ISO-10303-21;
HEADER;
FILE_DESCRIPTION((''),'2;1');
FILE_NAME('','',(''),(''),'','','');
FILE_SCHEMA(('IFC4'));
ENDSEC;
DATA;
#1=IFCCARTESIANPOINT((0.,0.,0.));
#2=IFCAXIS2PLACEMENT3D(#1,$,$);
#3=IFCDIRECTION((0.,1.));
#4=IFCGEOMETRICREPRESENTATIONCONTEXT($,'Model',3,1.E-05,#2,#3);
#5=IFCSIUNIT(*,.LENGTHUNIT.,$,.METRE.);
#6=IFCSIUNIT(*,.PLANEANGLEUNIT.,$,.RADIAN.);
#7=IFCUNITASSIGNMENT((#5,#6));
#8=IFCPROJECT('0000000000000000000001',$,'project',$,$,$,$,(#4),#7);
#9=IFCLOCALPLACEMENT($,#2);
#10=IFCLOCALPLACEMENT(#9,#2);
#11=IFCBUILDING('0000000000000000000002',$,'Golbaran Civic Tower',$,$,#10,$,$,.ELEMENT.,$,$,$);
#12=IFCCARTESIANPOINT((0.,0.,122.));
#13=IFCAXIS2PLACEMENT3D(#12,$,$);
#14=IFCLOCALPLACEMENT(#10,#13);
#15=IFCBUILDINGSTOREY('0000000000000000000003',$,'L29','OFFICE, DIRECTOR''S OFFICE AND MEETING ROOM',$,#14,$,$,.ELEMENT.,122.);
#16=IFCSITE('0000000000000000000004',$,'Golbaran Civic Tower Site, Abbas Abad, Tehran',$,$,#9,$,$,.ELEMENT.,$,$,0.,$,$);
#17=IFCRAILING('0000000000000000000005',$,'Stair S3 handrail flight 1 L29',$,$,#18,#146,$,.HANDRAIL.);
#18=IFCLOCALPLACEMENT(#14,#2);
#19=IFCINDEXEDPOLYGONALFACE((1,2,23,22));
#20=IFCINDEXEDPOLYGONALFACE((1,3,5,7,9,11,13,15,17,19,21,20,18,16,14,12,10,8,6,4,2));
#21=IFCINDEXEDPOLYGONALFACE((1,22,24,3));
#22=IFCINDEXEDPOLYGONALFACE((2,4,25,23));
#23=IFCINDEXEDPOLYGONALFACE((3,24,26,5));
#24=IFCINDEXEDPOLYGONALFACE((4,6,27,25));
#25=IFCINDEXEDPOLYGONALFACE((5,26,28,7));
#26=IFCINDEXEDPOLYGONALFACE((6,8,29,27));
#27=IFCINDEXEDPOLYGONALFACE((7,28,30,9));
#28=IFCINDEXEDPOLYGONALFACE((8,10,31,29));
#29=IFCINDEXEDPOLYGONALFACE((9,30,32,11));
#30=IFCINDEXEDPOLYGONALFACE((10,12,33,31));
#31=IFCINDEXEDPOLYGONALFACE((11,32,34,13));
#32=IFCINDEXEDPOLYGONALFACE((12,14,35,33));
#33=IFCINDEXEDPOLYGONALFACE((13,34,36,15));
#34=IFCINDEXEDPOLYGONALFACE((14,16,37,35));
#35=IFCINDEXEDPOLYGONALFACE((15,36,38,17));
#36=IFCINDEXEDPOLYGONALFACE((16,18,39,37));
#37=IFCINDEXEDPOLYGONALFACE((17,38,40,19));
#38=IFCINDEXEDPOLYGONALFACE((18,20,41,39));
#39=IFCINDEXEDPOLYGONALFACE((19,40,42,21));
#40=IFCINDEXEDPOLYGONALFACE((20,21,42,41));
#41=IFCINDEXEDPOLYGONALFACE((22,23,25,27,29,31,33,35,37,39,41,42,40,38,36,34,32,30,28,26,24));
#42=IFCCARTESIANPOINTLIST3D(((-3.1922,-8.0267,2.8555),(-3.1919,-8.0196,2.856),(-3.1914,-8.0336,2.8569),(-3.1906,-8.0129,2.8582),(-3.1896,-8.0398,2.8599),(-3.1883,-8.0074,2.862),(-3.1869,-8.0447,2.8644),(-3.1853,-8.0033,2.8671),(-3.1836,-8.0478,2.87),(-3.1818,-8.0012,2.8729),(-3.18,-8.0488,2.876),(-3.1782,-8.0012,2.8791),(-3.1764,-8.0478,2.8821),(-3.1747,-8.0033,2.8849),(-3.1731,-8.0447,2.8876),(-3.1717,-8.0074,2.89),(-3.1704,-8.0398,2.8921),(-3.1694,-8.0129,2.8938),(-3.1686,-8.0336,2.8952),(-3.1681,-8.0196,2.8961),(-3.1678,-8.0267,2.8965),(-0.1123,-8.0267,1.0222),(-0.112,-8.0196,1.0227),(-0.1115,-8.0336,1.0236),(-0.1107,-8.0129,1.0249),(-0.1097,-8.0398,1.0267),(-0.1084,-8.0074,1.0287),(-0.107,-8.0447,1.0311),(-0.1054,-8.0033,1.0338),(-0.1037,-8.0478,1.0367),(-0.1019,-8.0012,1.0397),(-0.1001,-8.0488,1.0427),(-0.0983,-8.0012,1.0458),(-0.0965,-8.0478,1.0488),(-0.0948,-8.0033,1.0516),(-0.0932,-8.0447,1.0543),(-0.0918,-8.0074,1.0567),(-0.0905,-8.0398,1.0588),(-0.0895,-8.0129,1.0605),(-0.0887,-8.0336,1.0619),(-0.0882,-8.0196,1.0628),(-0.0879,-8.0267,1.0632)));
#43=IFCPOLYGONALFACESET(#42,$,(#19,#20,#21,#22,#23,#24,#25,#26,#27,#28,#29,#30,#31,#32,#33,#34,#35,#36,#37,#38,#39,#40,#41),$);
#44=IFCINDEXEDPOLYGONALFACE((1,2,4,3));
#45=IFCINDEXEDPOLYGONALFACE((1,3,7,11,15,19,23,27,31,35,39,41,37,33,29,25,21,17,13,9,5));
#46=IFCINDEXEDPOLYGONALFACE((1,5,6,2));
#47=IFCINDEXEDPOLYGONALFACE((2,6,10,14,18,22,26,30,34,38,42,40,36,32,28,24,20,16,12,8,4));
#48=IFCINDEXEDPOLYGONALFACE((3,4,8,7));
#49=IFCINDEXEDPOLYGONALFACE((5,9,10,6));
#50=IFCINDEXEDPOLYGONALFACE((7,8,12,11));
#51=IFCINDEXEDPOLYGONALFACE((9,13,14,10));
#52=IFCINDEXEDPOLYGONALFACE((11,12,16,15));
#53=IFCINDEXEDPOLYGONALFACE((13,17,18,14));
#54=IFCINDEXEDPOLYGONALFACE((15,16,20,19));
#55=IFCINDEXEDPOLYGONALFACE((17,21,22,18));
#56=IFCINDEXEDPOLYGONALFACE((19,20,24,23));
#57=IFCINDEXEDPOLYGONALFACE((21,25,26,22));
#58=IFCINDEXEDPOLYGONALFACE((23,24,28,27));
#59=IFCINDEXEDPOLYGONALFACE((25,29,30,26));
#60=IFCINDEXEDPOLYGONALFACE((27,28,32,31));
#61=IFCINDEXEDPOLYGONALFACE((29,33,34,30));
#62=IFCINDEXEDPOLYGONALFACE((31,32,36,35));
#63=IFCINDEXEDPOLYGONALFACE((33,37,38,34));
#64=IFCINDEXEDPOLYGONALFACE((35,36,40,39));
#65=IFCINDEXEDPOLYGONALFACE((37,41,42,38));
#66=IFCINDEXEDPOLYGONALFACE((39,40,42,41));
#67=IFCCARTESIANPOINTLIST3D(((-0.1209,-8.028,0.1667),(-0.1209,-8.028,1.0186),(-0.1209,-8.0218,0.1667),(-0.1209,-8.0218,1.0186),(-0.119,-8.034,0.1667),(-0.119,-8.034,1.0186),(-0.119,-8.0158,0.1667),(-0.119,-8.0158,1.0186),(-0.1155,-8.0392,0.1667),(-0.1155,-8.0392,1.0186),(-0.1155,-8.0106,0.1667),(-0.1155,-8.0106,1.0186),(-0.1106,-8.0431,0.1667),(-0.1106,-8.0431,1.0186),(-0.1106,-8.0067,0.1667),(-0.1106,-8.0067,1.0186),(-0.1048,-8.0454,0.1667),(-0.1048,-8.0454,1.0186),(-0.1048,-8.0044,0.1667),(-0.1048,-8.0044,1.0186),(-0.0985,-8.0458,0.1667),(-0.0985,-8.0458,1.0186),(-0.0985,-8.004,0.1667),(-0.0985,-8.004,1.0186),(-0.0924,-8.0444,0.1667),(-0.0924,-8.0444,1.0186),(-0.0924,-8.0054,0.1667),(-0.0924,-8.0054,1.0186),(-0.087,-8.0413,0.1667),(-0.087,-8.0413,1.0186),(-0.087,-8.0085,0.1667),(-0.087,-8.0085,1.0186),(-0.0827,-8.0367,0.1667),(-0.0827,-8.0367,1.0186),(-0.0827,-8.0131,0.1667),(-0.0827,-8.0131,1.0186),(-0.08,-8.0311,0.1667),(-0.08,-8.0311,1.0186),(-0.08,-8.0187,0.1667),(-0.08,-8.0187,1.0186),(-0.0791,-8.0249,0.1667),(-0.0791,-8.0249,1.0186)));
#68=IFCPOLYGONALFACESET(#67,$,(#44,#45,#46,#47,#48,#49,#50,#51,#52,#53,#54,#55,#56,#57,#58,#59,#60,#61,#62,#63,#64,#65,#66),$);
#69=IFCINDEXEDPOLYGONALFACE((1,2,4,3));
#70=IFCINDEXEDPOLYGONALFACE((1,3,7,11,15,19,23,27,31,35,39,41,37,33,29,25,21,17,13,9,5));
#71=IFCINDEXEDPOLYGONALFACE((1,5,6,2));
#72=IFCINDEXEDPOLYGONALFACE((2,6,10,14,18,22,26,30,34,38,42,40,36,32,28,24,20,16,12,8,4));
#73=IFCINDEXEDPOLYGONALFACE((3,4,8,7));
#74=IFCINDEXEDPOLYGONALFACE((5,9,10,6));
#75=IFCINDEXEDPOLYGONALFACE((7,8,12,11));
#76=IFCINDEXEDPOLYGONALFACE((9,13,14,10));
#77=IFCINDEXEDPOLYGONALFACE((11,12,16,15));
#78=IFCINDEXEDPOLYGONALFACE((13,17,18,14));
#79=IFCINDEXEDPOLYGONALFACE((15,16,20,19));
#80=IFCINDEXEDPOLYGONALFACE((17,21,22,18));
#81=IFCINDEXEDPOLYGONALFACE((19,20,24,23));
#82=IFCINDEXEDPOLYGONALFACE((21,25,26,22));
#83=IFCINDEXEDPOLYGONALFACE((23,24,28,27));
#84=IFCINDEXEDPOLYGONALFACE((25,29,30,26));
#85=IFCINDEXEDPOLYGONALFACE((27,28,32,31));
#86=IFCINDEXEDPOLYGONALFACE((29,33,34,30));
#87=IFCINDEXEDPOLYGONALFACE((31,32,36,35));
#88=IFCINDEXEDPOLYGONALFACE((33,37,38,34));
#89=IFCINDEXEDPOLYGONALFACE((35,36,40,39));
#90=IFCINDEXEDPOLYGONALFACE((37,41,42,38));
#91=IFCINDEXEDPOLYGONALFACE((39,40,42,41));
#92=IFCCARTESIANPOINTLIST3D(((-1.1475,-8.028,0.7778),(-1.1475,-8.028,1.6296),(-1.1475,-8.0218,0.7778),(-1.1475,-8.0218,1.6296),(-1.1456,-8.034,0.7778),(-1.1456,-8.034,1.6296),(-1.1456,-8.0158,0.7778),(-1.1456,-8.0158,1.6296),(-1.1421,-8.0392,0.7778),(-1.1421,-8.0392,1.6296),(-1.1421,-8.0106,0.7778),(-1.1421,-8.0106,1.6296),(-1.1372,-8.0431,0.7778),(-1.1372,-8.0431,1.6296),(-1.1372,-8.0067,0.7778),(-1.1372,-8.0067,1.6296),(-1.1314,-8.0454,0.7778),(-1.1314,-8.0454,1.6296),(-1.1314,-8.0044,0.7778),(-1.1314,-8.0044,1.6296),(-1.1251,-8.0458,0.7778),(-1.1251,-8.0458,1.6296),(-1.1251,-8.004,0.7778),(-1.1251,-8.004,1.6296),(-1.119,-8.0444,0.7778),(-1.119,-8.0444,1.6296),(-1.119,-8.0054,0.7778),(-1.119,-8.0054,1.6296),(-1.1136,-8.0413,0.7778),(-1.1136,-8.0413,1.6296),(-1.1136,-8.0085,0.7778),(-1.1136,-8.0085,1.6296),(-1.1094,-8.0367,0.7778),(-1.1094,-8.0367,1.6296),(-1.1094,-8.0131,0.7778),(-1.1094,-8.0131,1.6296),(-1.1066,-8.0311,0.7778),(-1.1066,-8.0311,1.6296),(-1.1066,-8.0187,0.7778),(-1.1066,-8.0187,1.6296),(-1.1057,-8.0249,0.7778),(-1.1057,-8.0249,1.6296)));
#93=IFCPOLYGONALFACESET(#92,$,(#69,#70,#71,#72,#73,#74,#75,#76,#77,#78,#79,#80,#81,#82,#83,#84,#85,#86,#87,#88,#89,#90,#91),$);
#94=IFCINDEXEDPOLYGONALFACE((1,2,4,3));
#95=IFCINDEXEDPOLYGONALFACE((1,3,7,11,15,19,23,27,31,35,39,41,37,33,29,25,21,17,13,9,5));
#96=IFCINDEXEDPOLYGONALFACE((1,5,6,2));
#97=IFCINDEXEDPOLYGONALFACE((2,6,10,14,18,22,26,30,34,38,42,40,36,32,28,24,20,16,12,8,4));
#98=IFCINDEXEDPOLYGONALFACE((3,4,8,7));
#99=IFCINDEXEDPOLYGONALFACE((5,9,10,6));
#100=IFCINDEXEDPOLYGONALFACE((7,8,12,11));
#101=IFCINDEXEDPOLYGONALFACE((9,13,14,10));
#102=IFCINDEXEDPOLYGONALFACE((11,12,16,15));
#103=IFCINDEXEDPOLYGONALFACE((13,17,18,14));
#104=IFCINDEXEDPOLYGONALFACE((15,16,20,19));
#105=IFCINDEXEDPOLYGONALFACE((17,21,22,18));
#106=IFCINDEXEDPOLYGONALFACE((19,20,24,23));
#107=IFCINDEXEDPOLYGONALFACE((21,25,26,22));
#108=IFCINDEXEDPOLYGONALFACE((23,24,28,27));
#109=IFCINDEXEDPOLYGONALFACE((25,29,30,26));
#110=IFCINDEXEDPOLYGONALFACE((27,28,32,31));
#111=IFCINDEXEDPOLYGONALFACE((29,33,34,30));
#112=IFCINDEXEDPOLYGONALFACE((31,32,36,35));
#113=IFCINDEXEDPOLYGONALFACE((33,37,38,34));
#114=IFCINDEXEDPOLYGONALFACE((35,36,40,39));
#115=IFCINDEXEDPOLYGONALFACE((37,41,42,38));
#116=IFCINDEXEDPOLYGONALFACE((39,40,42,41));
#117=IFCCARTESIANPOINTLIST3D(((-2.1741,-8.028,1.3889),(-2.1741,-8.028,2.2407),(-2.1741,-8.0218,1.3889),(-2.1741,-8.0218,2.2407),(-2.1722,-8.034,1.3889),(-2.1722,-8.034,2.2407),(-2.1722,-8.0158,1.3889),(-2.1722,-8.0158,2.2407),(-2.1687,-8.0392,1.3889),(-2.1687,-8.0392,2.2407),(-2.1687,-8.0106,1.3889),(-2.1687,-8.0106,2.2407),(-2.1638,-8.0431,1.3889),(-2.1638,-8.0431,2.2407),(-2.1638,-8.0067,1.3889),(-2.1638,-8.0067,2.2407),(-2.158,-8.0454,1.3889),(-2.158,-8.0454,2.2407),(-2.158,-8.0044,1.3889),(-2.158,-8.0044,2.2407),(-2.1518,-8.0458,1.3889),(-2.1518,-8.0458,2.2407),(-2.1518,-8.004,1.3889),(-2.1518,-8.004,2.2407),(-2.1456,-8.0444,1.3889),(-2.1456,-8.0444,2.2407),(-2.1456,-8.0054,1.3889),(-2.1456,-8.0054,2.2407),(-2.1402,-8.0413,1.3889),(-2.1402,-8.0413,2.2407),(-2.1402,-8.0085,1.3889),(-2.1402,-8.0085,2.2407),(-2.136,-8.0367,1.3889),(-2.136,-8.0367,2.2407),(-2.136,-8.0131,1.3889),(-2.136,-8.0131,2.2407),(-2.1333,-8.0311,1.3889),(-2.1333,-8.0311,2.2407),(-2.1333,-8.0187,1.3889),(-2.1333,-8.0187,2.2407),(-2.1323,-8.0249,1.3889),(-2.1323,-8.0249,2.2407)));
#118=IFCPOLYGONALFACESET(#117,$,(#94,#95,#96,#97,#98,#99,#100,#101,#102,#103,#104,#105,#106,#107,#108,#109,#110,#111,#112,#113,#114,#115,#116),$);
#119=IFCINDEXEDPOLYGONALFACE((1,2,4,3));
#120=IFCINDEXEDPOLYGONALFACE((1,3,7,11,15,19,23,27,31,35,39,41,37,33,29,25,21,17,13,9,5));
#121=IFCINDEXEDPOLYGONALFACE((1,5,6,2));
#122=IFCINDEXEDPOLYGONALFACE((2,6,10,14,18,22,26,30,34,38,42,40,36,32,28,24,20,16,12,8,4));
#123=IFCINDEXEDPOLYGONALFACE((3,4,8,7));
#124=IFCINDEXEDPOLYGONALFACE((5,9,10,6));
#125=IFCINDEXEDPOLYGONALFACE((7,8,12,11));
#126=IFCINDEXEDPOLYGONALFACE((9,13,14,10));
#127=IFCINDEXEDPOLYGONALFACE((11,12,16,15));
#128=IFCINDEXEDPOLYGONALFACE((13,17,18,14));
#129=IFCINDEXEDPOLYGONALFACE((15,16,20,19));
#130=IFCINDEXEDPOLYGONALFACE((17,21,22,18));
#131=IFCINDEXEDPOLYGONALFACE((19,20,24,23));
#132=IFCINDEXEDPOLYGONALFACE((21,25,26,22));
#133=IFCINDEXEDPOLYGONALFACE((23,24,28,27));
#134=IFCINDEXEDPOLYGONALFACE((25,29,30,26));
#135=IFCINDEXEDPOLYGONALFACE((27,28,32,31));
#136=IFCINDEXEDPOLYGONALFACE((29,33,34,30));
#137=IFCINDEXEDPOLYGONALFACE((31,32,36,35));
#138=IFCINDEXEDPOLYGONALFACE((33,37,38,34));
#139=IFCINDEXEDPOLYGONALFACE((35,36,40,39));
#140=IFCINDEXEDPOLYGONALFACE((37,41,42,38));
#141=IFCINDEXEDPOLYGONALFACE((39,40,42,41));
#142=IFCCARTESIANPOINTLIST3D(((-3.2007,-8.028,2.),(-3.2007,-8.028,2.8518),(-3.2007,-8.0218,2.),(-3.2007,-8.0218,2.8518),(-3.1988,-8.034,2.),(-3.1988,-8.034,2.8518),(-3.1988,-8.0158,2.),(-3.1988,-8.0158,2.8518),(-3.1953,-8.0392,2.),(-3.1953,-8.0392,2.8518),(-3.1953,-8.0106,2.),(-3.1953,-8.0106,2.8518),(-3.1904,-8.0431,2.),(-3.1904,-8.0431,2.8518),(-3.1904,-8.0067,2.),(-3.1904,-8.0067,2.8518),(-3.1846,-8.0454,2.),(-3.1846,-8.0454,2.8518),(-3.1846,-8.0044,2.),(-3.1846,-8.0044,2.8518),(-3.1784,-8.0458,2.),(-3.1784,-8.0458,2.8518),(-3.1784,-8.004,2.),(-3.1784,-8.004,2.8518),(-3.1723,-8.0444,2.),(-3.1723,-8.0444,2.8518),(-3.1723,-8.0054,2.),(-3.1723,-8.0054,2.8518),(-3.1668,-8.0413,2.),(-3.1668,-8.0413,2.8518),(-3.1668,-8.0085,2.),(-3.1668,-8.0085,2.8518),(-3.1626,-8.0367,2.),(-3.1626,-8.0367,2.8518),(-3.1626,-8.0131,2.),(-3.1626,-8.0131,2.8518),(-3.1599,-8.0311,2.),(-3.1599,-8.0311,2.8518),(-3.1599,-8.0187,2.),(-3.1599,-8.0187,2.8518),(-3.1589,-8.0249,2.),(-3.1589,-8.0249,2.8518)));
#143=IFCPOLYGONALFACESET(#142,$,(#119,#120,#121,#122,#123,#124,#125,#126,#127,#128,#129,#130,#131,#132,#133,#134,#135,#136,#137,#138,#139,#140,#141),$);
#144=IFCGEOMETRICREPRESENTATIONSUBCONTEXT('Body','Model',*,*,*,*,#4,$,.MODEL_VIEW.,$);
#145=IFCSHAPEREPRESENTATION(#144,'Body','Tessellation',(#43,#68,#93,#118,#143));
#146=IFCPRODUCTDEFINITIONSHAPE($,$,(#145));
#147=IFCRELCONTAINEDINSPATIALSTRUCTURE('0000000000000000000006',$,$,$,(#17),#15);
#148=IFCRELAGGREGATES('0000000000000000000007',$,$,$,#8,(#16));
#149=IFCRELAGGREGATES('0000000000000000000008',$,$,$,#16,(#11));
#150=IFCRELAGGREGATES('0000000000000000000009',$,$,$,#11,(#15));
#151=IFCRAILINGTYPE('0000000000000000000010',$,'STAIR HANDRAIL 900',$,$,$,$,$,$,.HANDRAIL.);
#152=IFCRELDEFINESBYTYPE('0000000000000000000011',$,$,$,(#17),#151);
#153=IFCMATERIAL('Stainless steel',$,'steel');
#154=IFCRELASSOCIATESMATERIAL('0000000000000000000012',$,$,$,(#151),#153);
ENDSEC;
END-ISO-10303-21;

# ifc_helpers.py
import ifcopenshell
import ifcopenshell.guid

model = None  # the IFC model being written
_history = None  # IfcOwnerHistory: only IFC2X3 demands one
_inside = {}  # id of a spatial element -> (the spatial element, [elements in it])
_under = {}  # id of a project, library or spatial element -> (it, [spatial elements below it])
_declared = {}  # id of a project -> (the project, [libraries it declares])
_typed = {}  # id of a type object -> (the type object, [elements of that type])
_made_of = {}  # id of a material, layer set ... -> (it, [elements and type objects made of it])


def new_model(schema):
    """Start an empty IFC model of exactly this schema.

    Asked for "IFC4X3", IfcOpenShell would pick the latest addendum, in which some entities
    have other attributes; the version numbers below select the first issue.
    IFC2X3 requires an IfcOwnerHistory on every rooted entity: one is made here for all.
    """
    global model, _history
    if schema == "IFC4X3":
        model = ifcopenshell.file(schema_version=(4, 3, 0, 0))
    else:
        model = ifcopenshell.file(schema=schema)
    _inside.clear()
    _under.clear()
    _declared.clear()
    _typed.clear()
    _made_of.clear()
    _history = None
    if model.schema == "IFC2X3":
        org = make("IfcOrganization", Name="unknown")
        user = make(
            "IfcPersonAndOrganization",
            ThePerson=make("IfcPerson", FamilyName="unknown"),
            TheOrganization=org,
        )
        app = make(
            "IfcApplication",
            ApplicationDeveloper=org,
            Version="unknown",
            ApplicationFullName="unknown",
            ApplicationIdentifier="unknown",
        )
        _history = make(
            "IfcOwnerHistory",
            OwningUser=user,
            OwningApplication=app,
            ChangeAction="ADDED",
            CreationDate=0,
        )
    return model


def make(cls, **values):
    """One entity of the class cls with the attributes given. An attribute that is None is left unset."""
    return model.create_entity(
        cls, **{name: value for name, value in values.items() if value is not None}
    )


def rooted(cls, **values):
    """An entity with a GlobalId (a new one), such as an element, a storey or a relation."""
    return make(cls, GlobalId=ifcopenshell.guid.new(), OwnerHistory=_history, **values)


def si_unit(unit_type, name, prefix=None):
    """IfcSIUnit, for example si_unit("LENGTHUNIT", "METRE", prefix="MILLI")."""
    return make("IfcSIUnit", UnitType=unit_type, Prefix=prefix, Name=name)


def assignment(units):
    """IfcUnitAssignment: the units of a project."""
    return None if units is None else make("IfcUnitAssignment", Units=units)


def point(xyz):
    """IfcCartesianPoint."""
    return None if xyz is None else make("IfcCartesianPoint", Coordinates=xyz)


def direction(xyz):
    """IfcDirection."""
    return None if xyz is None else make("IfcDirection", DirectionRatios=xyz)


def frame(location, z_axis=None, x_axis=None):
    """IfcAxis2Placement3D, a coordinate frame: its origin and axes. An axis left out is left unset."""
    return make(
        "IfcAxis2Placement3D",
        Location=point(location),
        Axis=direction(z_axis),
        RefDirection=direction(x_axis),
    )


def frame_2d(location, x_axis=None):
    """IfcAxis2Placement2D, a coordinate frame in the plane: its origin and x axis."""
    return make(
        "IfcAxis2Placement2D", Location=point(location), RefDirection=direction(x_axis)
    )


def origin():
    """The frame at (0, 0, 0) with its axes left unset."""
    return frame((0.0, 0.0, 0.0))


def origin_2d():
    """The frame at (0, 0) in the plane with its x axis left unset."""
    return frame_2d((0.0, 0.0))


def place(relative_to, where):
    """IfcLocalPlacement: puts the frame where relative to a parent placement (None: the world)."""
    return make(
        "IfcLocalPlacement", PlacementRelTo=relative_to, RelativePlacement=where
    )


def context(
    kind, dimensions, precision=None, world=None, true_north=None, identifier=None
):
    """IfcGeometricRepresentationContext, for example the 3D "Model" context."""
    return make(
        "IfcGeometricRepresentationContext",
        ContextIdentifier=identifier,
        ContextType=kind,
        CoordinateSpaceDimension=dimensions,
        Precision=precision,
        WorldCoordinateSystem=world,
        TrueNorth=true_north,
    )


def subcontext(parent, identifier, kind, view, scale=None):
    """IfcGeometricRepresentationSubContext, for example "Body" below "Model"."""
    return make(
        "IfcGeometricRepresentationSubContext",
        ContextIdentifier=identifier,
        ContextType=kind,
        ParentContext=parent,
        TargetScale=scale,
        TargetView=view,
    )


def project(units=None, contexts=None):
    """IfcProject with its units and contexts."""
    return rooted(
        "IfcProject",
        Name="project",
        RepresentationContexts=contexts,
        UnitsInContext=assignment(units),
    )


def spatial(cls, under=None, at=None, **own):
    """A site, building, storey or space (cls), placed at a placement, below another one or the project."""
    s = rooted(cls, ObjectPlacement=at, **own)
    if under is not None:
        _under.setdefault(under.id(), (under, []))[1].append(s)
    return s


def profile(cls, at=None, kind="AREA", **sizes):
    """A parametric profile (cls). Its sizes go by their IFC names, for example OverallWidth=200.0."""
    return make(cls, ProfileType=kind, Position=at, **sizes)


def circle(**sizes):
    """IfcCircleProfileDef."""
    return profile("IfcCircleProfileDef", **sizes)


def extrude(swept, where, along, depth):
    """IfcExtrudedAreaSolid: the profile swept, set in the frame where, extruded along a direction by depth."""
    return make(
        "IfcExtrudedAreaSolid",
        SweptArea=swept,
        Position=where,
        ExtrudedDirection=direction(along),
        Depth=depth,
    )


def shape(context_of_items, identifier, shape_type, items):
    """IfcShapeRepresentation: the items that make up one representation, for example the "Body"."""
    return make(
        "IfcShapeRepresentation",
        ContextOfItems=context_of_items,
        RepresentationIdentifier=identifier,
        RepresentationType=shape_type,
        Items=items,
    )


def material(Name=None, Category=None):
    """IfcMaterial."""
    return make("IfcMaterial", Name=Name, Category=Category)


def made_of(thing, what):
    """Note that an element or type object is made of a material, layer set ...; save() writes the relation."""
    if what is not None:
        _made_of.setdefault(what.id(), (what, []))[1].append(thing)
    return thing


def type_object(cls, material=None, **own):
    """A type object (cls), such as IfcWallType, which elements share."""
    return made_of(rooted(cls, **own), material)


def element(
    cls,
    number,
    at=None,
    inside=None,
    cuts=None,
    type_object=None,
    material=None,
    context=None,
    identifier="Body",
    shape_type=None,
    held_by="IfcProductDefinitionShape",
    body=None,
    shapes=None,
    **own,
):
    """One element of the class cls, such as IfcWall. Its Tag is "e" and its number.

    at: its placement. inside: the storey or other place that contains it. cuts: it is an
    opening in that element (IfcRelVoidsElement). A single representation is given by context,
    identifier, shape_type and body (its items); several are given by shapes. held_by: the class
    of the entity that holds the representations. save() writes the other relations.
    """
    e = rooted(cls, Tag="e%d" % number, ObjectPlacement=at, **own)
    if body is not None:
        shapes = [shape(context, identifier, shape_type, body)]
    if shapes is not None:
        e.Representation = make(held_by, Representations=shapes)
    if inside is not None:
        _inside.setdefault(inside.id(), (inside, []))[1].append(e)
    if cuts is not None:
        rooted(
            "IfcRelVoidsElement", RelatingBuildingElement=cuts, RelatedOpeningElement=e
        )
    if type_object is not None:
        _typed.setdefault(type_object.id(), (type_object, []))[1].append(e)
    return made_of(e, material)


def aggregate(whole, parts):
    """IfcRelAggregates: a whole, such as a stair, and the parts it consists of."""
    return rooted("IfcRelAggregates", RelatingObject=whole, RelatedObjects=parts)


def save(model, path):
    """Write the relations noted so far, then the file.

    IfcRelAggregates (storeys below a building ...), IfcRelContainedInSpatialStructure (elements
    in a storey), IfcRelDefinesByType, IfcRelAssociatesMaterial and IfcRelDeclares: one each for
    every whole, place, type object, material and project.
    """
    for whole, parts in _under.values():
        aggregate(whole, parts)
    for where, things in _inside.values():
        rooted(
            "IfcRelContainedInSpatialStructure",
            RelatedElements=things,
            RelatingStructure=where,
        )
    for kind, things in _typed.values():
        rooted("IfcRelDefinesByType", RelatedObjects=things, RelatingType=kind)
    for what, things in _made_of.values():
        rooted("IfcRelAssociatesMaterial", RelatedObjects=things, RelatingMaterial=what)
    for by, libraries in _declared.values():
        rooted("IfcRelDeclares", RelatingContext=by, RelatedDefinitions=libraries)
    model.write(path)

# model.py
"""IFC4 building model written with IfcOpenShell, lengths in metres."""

from ifc_helpers import new_model, si_unit, direction, frame, origin, origin_2d, place, context, subcontext, project, spatial, circle, extrude, material, type_object, element, save


model = new_model("IFC4")

# Units and contexts
model_context = context("Model", 3, precision=1e-05, world=origin(), true_north=direction((0.0, 1.0)))
body_context = subcontext(model_context, "Body", "Model", "MODEL_VIEW")
ifc_project = project(units=[si_unit("LENGTHUNIT", "METRE"), si_unit("PLANEANGLEUNIT", "RADIAN")], contexts=[model_context])

# Site, building, storey
site_placement = place(None, origin())
site = spatial("IfcSite", under=ifc_project, at=site_placement, Name="Golbaran Civic Tower Site, Abbas Abad, Tehran", CompositionType="ELEMENT", RefElevation=0.0)
building_placement = place(site_placement, origin())
building = spatial("IfcBuilding", under=site, at=building_placement, Name="Golbaran Civic Tower", CompositionType="ELEMENT")
storey_placement = place(building_placement, frame((0.0, 0.0, 122.0)))
storey = spatial("IfcBuildingStorey", under=building, at=storey_placement, Name="L29", Description="OFFICE, DIRECTOR'S OFFICE AND MEETING ROOM", CompositionType="ELEMENT", Elevation=122.0)

# Shared definitions
ifc_material_1 = material(Name="Stainless steel", Category="steel")

# Railing
railing_type = type_object("IfcRailingType", Name="STAIR HANDRAIL 900", PredefinedType="HANDRAIL", material=ifc_material_1)
railing_1_placement = place(storey_placement, frame((-0.1001, -8.0249, 0.1667)))
element("IfcRailing", 1, at=railing_1_placement, inside=storey, type_object=railing_type, Name="Stair S3 handrail flight 1 L29", PredefinedType="HANDRAIL", context=body_context, shape_type="SweptSolid", body=[
    extrude(circle(Radius=0.0239, at=origin_2d()), frame((0.0, 0.0, 0.876), z_axis=(-0.859291, 0.0, 0.511487), x_axis=(0.0, -1.0, 0.0)), (0.0, 0.0, 1.0), 3.5842),
    extrude(circle(Radius=0.021, at=origin_2d()), origin(), (0.0, 0.0, 1.0), 0.8518),
    extrude(circle(Radius=0.021, at=origin_2d()), frame((-1.0266, 0.0, 0.6111)), (0.0, 0.0, 1.0), 0.8518),
    extrude(circle(Radius=0.021, at=origin_2d()), frame((-2.0532, 0.0, 1.2222)), (0.0, 0.0, 1.0), 0.8518),
    extrude(circle(Radius=0.021, at=origin_2d()), frame((-3.0798, 0.0, 1.8333)), (0.0, 0.0, 1.0), 0.8518),
])

save(model, "model.ifc")
